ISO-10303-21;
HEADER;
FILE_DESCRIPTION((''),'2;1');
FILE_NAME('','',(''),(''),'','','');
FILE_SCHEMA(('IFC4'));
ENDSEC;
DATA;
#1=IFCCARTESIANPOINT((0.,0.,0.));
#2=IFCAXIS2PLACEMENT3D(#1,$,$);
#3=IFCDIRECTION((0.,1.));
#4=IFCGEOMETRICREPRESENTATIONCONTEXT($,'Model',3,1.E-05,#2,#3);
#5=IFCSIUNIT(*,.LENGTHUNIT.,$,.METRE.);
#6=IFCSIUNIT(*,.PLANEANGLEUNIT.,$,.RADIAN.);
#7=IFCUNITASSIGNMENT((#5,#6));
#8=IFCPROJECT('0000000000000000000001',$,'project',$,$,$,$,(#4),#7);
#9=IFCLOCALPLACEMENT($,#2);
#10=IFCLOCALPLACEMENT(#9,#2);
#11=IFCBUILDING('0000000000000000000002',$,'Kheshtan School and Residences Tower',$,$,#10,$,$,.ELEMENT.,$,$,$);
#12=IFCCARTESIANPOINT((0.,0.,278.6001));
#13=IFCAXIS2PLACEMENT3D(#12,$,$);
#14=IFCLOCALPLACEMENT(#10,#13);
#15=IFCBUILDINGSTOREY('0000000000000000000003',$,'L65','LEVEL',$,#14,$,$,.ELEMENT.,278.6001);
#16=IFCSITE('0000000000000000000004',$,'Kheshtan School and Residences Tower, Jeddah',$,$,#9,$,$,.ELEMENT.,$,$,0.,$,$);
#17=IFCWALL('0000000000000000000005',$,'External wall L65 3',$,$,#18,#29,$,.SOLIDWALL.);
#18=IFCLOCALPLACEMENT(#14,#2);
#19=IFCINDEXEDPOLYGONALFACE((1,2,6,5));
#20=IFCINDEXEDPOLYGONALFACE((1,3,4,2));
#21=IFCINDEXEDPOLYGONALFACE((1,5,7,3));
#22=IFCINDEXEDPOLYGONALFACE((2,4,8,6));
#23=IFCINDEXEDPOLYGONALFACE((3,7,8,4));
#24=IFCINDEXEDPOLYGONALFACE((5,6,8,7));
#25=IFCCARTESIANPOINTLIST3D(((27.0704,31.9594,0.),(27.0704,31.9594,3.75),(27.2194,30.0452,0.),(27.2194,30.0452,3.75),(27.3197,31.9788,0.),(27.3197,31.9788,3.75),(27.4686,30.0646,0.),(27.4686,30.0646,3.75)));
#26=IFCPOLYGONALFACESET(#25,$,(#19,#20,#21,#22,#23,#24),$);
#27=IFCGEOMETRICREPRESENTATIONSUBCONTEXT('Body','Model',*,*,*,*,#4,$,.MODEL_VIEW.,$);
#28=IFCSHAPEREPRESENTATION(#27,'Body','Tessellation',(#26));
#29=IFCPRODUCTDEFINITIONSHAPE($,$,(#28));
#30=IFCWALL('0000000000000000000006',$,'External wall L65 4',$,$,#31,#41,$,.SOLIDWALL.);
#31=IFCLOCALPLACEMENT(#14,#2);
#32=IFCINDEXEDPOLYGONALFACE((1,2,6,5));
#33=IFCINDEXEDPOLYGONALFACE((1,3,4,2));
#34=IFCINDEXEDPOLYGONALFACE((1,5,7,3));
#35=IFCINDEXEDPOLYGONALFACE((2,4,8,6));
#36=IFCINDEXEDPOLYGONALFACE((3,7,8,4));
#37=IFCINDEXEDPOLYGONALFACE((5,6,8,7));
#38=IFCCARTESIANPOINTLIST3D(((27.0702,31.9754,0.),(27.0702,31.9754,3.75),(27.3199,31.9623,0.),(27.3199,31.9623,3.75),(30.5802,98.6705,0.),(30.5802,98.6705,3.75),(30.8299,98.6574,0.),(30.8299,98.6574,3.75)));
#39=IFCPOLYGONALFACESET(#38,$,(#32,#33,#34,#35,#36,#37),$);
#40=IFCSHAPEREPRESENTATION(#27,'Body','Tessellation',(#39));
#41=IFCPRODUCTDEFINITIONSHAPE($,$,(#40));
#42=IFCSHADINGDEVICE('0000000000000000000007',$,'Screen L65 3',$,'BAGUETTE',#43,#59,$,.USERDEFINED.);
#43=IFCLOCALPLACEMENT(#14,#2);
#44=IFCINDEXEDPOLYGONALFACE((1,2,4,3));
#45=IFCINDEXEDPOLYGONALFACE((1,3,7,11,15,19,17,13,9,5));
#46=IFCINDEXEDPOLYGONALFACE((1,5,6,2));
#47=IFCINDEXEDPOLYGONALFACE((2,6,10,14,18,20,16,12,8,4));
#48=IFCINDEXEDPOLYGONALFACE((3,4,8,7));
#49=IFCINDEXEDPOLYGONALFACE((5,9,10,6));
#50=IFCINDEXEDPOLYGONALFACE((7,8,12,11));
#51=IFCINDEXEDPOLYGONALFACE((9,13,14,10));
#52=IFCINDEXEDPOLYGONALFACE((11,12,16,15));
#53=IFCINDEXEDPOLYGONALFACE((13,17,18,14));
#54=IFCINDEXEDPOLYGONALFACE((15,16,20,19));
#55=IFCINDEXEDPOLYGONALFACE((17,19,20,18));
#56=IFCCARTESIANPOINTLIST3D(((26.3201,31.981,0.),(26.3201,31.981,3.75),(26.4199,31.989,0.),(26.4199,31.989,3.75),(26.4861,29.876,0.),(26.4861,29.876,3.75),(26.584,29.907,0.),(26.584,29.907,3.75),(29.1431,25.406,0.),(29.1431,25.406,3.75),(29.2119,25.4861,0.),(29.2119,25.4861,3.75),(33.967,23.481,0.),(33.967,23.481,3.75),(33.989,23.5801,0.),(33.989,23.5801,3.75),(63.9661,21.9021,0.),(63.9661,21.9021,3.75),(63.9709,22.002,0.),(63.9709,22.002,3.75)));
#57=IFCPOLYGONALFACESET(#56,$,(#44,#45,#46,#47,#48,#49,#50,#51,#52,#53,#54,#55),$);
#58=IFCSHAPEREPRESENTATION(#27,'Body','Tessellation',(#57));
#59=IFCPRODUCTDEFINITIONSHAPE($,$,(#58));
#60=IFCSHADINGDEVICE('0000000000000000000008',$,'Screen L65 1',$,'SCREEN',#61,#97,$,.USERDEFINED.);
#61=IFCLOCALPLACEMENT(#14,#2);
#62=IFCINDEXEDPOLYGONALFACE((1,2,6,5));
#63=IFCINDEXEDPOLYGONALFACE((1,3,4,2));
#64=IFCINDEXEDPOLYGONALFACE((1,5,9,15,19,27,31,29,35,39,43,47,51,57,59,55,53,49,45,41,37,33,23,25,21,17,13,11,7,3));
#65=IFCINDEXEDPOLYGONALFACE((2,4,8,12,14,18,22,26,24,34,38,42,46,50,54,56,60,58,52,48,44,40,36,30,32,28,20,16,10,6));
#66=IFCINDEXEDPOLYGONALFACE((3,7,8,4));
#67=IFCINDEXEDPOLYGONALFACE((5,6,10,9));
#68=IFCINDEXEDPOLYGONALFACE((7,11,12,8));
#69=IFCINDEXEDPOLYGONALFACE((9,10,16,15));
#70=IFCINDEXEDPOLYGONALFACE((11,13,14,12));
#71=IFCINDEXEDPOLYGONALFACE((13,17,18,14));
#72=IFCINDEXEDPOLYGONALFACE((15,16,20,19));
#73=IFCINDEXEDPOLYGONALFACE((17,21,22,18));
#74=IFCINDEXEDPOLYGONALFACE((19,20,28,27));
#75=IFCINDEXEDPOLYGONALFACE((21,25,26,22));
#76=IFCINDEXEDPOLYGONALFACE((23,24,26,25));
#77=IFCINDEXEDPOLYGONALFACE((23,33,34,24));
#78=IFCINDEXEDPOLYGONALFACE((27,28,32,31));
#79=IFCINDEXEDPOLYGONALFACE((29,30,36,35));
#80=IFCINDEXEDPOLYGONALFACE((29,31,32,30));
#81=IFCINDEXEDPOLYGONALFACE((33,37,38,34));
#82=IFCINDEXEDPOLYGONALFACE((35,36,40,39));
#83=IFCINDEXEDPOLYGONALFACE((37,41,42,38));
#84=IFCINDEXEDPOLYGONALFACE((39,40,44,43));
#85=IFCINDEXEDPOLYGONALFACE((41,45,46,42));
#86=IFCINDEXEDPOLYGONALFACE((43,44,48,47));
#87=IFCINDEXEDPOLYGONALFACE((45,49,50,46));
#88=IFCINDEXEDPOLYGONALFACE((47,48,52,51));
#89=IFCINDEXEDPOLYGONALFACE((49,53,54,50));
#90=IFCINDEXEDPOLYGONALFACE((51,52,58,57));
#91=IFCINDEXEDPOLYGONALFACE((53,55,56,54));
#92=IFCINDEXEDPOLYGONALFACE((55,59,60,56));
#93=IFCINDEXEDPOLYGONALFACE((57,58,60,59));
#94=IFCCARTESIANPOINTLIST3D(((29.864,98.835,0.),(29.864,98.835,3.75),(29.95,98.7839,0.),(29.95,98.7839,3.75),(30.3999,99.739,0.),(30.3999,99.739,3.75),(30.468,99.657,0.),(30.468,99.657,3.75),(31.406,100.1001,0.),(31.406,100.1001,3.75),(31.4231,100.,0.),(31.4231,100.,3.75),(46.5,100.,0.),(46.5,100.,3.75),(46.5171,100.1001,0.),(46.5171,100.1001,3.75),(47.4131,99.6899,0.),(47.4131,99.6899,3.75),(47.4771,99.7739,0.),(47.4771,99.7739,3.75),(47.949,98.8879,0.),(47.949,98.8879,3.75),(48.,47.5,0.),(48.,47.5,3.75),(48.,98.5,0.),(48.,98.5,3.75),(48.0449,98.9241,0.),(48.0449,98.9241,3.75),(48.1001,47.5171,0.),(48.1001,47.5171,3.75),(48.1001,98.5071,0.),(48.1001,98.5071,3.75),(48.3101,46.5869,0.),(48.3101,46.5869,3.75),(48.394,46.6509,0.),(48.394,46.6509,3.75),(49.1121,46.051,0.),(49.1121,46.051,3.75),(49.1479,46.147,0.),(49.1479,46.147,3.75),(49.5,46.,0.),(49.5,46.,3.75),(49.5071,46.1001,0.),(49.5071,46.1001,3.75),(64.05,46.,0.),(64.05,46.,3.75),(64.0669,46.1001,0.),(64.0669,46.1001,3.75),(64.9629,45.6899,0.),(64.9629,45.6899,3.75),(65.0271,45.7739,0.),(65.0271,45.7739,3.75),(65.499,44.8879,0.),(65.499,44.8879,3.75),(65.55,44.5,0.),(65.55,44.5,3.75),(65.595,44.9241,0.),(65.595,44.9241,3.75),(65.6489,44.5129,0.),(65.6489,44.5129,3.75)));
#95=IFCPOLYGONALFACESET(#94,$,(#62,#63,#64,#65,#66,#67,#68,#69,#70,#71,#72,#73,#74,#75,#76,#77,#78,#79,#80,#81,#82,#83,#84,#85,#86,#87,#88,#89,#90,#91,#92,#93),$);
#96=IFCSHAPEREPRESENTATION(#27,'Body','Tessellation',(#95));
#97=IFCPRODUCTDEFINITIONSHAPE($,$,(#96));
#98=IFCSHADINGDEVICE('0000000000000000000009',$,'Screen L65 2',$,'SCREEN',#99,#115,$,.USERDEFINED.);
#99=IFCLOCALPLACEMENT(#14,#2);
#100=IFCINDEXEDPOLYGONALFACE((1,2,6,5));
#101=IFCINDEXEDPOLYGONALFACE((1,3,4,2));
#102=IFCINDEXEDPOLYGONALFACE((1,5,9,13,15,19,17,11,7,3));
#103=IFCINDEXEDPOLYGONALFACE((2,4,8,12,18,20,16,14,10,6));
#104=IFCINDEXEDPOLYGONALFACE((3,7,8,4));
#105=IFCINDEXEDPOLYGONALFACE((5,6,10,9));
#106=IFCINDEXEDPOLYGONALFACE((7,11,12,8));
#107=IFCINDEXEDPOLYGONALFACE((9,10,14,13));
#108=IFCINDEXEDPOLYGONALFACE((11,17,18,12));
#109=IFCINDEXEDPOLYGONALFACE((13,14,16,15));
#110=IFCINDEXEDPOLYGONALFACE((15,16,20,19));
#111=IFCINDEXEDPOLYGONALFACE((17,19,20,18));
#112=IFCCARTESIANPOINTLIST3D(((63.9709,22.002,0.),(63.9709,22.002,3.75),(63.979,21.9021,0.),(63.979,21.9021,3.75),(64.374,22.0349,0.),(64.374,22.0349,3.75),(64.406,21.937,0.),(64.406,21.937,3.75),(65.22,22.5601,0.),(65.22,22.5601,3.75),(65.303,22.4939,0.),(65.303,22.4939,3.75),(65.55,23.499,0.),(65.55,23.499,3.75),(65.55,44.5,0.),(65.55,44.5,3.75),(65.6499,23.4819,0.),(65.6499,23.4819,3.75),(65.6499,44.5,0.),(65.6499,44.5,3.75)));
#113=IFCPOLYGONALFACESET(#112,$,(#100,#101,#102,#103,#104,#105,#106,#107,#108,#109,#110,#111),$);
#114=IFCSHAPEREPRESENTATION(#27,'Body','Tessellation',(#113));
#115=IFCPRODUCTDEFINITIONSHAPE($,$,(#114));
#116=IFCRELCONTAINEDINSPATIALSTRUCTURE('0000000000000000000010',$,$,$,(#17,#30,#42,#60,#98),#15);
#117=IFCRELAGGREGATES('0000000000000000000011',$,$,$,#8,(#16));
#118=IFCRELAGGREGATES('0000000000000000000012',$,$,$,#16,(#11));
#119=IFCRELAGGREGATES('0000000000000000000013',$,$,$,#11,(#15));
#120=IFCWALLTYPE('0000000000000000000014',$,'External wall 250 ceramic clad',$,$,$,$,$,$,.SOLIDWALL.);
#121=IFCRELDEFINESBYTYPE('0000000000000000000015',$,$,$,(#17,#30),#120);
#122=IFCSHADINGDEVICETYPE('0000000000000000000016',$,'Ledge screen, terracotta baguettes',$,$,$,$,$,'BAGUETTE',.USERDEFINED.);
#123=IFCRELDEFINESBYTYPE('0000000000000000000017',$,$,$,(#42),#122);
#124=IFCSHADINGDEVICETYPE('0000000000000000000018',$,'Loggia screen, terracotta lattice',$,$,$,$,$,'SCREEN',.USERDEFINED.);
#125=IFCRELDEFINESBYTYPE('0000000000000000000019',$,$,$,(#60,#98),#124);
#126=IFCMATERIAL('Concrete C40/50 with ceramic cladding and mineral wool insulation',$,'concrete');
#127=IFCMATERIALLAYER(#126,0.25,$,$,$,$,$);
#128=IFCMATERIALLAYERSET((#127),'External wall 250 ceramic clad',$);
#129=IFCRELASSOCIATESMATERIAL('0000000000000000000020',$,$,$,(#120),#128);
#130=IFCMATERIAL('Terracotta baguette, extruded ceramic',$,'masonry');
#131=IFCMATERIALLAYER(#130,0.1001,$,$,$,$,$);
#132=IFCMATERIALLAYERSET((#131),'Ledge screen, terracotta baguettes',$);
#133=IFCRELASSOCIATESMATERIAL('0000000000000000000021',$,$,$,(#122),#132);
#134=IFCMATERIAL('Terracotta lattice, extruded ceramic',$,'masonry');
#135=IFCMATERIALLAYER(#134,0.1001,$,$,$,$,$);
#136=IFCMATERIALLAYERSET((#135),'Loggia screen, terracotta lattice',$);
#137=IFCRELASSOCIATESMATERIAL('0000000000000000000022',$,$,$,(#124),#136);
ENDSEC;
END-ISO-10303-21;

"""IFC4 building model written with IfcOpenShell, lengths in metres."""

from ifc_helpers import new_model, si_unit, direction, frame, frame_2d, origin, place, context, subcontext, project, spatial, polyline, rectangle, outline, extrude, material, layer, layer_set, type_object, element, save


model = new_model("IFC4")

# Units and contexts
model_context = context("Model", 3, precision=1e-05, world=origin(), true_north=direction((0.0, 1.0)))
body_context = subcontext(model_context, "Body", "Model", "MODEL_VIEW")
ifc_project = project(units=[si_unit("LENGTHUNIT", "METRE"), si_unit("PLANEANGLEUNIT", "RADIAN")], contexts=[model_context])

# Site, building, storey
site_placement = place(None, origin())
site = spatial("IfcSite", under=ifc_project, at=site_placement, Name="Kheshtan School and Residences Tower, Jeddah", CompositionType="ELEMENT", RefElevation=0.0)
building_placement = place(site_placement, origin())
building = spatial("IfcBuilding", under=site, at=building_placement, Name="Kheshtan School and Residences Tower", CompositionType="ELEMENT")
storey_placement = place(building_placement, frame((0.0, 0.0, 278.6001)))
storey = spatial("IfcBuildingStorey", under=building, at=storey_placement, Name="L65", Description="LEVEL", CompositionType="ELEMENT", Elevation=278.6001)

# Walls
ifc_material_1 = material(Name="Concrete C40/50 with ceramic cladding and mineral wool insulation", Category="concrete")
ifc_layer_1 = layer(ifc_material_1, 0.25)
ifc_layer_set_1 = layer_set([ifc_layer_1], Name="External wall 250 ceramic clad")
wall_type_1 = type_object("IfcWallType", Name="External wall 250 ceramic clad", PredefinedType="SOLIDWALL", material=ifc_layer_set_1)
wall_1_placement = place(storey_placement, frame((27.344, 30.0549, 0.0), z_axis=(0.0, 0.0, 1.0), x_axis=(-0.077572, 0.996987, 0.0)))
element("IfcWall", 1, at=wall_1_placement, inside=storey, type_object=wall_type_1, Name="External wall L65 3", PredefinedType="SOLIDWALL", context=body_context, shape_type="SweptSolid", body=[
    extrude(rectangle(XDim=1.9199, YDim=0.25, at=frame_2d((0.96, 0.0))), origin(), (0.0, 0.0, 1.0), 3.75),
])
wall_2_placement = place(storey_placement, frame((27.1951, 31.969, 0.0), z_axis=(0.0, 0.0, 1.0), x_axis=(0.052555, 0.998618, 0.0)))
element("IfcWall", 2, at=wall_2_placement, inside=storey, type_object=wall_type_1, Name="External wall L65 4", PredefinedType="SOLIDWALL", context=body_context, shape_type="SweptSolid", body=[
    extrude(rectangle(XDim=66.7874, YDim=0.25, at=frame_2d((33.3936, 0.0))), origin(), (0.0, 0.0, 1.0), 3.75),
])

# Shading devices
ifc_material_2 = material(Name="Terracotta baguette, extruded ceramic", Category="masonry")
ifc_layer_2 = layer(ifc_material_2, 0.1001)
ifc_layer_set_2 = layer_set([ifc_layer_2], Name="Ledge screen, terracotta baguettes")
shading_device_type_1 = type_object("IfcShadingDeviceType", Name="Ledge screen, terracotta baguettes", ElementType="BAGUETTE", PredefinedType="USERDEFINED", material=ifc_layer_set_2)
shading_device_1_placement = place(storey_placement, origin())
element("IfcShadingDevice", 3, at=shading_device_1_placement, inside=storey, type_object=shading_device_type_1, Name="Screen L65 3", ObjectType="BAGUETTE", PredefinedType="USERDEFINED", context=body_context, shape_type="SweptSolid", body=[
    extrude(outline(polyline([(63.9709, 22.002), (33.989, 23.5801), (29.2119, 25.4861), (26.584, 29.907), (26.4199, 31.989), (26.3201, 31.981), (26.4861, 29.876), (29.1431, 25.406), (33.967, 23.481), (63.9661, 21.9021), (63.9709, 22.002)])), origin(), (0.0, 0.0, 1.0), 3.75),
])
ifc_material_3 = material(Name="Terracotta lattice, extruded ceramic", Category="masonry")
ifc_layer_3 = layer(ifc_material_3, 0.1001)
ifc_layer_set_3 = layer_set([ifc_layer_3], Name="Loggia screen, terracotta lattice")
shading_device_type_2 = type_object("IfcShadingDeviceType", Name="Loggia screen, terracotta lattice", ElementType="SCREEN", PredefinedType="USERDEFINED", material=ifc_layer_set_3)
shading_device_2_placement = place(storey_placement, origin())
element("IfcShadingDevice", 4, at=shading_device_2_placement, inside=storey, type_object=shading_device_type_2, Name="Screen L65 1", ObjectType="SCREEN", PredefinedType="USERDEFINED", context=body_context, shape_type="SweptSolid", body=[
    extrude(outline(polyline([(29.95, 98.7839), (30.468, 99.657), (31.4231, 100.0), (46.5, 100.0), (47.4131, 99.6899), (47.949, 98.8879), (48.0, 98.5), (48.0, 47.5), (48.3101, 46.5869), (49.1121, 46.051), (49.5, 46.0), (64.05, 46.0), (64.9629, 45.6899), (65.499, 44.8879), (65.55, 44.5), (65.6489, 44.5129), (65.595, 44.9241), (65.0271, 45.7739), (64.0669, 46.1001), (49.5071, 46.1001), (49.1479, 46.147), (48.394, 46.6509), (48.1001, 47.5171), (48.1001, 98.5071), (48.0449, 98.9241), (47.4771, 99.7739), (46.5171, 100.1001), (31.406, 100.1001), (30.3999, 99.739), (29.864, 98.835), (29.95, 98.7839)])), origin(), (0.0, 0.0, 1.0), 3.75),
])
shading_device_3_placement = place(storey_placement, origin())
element("IfcShadingDevice", 5, at=shading_device_3_placement, inside=storey, type_object=shading_device_type_2, Name="Screen L65 2", ObjectType="SCREEN", PredefinedType="USERDEFINED", context=body_context, shape_type="SweptSolid", body=[
    extrude(outline(polyline([(65.55, 44.5), (65.55, 23.499), (65.22, 22.5601), (64.374, 22.0349), (63.9709, 22.002), (63.979, 21.9021), (64.406, 21.937), (65.303, 22.4939), (65.6499, 23.4819), (65.6499, 44.5), (65.55, 44.5)])), origin(), (0.0, 0.0, 1.0), 3.75),
])

save(model, "model.ifc")
